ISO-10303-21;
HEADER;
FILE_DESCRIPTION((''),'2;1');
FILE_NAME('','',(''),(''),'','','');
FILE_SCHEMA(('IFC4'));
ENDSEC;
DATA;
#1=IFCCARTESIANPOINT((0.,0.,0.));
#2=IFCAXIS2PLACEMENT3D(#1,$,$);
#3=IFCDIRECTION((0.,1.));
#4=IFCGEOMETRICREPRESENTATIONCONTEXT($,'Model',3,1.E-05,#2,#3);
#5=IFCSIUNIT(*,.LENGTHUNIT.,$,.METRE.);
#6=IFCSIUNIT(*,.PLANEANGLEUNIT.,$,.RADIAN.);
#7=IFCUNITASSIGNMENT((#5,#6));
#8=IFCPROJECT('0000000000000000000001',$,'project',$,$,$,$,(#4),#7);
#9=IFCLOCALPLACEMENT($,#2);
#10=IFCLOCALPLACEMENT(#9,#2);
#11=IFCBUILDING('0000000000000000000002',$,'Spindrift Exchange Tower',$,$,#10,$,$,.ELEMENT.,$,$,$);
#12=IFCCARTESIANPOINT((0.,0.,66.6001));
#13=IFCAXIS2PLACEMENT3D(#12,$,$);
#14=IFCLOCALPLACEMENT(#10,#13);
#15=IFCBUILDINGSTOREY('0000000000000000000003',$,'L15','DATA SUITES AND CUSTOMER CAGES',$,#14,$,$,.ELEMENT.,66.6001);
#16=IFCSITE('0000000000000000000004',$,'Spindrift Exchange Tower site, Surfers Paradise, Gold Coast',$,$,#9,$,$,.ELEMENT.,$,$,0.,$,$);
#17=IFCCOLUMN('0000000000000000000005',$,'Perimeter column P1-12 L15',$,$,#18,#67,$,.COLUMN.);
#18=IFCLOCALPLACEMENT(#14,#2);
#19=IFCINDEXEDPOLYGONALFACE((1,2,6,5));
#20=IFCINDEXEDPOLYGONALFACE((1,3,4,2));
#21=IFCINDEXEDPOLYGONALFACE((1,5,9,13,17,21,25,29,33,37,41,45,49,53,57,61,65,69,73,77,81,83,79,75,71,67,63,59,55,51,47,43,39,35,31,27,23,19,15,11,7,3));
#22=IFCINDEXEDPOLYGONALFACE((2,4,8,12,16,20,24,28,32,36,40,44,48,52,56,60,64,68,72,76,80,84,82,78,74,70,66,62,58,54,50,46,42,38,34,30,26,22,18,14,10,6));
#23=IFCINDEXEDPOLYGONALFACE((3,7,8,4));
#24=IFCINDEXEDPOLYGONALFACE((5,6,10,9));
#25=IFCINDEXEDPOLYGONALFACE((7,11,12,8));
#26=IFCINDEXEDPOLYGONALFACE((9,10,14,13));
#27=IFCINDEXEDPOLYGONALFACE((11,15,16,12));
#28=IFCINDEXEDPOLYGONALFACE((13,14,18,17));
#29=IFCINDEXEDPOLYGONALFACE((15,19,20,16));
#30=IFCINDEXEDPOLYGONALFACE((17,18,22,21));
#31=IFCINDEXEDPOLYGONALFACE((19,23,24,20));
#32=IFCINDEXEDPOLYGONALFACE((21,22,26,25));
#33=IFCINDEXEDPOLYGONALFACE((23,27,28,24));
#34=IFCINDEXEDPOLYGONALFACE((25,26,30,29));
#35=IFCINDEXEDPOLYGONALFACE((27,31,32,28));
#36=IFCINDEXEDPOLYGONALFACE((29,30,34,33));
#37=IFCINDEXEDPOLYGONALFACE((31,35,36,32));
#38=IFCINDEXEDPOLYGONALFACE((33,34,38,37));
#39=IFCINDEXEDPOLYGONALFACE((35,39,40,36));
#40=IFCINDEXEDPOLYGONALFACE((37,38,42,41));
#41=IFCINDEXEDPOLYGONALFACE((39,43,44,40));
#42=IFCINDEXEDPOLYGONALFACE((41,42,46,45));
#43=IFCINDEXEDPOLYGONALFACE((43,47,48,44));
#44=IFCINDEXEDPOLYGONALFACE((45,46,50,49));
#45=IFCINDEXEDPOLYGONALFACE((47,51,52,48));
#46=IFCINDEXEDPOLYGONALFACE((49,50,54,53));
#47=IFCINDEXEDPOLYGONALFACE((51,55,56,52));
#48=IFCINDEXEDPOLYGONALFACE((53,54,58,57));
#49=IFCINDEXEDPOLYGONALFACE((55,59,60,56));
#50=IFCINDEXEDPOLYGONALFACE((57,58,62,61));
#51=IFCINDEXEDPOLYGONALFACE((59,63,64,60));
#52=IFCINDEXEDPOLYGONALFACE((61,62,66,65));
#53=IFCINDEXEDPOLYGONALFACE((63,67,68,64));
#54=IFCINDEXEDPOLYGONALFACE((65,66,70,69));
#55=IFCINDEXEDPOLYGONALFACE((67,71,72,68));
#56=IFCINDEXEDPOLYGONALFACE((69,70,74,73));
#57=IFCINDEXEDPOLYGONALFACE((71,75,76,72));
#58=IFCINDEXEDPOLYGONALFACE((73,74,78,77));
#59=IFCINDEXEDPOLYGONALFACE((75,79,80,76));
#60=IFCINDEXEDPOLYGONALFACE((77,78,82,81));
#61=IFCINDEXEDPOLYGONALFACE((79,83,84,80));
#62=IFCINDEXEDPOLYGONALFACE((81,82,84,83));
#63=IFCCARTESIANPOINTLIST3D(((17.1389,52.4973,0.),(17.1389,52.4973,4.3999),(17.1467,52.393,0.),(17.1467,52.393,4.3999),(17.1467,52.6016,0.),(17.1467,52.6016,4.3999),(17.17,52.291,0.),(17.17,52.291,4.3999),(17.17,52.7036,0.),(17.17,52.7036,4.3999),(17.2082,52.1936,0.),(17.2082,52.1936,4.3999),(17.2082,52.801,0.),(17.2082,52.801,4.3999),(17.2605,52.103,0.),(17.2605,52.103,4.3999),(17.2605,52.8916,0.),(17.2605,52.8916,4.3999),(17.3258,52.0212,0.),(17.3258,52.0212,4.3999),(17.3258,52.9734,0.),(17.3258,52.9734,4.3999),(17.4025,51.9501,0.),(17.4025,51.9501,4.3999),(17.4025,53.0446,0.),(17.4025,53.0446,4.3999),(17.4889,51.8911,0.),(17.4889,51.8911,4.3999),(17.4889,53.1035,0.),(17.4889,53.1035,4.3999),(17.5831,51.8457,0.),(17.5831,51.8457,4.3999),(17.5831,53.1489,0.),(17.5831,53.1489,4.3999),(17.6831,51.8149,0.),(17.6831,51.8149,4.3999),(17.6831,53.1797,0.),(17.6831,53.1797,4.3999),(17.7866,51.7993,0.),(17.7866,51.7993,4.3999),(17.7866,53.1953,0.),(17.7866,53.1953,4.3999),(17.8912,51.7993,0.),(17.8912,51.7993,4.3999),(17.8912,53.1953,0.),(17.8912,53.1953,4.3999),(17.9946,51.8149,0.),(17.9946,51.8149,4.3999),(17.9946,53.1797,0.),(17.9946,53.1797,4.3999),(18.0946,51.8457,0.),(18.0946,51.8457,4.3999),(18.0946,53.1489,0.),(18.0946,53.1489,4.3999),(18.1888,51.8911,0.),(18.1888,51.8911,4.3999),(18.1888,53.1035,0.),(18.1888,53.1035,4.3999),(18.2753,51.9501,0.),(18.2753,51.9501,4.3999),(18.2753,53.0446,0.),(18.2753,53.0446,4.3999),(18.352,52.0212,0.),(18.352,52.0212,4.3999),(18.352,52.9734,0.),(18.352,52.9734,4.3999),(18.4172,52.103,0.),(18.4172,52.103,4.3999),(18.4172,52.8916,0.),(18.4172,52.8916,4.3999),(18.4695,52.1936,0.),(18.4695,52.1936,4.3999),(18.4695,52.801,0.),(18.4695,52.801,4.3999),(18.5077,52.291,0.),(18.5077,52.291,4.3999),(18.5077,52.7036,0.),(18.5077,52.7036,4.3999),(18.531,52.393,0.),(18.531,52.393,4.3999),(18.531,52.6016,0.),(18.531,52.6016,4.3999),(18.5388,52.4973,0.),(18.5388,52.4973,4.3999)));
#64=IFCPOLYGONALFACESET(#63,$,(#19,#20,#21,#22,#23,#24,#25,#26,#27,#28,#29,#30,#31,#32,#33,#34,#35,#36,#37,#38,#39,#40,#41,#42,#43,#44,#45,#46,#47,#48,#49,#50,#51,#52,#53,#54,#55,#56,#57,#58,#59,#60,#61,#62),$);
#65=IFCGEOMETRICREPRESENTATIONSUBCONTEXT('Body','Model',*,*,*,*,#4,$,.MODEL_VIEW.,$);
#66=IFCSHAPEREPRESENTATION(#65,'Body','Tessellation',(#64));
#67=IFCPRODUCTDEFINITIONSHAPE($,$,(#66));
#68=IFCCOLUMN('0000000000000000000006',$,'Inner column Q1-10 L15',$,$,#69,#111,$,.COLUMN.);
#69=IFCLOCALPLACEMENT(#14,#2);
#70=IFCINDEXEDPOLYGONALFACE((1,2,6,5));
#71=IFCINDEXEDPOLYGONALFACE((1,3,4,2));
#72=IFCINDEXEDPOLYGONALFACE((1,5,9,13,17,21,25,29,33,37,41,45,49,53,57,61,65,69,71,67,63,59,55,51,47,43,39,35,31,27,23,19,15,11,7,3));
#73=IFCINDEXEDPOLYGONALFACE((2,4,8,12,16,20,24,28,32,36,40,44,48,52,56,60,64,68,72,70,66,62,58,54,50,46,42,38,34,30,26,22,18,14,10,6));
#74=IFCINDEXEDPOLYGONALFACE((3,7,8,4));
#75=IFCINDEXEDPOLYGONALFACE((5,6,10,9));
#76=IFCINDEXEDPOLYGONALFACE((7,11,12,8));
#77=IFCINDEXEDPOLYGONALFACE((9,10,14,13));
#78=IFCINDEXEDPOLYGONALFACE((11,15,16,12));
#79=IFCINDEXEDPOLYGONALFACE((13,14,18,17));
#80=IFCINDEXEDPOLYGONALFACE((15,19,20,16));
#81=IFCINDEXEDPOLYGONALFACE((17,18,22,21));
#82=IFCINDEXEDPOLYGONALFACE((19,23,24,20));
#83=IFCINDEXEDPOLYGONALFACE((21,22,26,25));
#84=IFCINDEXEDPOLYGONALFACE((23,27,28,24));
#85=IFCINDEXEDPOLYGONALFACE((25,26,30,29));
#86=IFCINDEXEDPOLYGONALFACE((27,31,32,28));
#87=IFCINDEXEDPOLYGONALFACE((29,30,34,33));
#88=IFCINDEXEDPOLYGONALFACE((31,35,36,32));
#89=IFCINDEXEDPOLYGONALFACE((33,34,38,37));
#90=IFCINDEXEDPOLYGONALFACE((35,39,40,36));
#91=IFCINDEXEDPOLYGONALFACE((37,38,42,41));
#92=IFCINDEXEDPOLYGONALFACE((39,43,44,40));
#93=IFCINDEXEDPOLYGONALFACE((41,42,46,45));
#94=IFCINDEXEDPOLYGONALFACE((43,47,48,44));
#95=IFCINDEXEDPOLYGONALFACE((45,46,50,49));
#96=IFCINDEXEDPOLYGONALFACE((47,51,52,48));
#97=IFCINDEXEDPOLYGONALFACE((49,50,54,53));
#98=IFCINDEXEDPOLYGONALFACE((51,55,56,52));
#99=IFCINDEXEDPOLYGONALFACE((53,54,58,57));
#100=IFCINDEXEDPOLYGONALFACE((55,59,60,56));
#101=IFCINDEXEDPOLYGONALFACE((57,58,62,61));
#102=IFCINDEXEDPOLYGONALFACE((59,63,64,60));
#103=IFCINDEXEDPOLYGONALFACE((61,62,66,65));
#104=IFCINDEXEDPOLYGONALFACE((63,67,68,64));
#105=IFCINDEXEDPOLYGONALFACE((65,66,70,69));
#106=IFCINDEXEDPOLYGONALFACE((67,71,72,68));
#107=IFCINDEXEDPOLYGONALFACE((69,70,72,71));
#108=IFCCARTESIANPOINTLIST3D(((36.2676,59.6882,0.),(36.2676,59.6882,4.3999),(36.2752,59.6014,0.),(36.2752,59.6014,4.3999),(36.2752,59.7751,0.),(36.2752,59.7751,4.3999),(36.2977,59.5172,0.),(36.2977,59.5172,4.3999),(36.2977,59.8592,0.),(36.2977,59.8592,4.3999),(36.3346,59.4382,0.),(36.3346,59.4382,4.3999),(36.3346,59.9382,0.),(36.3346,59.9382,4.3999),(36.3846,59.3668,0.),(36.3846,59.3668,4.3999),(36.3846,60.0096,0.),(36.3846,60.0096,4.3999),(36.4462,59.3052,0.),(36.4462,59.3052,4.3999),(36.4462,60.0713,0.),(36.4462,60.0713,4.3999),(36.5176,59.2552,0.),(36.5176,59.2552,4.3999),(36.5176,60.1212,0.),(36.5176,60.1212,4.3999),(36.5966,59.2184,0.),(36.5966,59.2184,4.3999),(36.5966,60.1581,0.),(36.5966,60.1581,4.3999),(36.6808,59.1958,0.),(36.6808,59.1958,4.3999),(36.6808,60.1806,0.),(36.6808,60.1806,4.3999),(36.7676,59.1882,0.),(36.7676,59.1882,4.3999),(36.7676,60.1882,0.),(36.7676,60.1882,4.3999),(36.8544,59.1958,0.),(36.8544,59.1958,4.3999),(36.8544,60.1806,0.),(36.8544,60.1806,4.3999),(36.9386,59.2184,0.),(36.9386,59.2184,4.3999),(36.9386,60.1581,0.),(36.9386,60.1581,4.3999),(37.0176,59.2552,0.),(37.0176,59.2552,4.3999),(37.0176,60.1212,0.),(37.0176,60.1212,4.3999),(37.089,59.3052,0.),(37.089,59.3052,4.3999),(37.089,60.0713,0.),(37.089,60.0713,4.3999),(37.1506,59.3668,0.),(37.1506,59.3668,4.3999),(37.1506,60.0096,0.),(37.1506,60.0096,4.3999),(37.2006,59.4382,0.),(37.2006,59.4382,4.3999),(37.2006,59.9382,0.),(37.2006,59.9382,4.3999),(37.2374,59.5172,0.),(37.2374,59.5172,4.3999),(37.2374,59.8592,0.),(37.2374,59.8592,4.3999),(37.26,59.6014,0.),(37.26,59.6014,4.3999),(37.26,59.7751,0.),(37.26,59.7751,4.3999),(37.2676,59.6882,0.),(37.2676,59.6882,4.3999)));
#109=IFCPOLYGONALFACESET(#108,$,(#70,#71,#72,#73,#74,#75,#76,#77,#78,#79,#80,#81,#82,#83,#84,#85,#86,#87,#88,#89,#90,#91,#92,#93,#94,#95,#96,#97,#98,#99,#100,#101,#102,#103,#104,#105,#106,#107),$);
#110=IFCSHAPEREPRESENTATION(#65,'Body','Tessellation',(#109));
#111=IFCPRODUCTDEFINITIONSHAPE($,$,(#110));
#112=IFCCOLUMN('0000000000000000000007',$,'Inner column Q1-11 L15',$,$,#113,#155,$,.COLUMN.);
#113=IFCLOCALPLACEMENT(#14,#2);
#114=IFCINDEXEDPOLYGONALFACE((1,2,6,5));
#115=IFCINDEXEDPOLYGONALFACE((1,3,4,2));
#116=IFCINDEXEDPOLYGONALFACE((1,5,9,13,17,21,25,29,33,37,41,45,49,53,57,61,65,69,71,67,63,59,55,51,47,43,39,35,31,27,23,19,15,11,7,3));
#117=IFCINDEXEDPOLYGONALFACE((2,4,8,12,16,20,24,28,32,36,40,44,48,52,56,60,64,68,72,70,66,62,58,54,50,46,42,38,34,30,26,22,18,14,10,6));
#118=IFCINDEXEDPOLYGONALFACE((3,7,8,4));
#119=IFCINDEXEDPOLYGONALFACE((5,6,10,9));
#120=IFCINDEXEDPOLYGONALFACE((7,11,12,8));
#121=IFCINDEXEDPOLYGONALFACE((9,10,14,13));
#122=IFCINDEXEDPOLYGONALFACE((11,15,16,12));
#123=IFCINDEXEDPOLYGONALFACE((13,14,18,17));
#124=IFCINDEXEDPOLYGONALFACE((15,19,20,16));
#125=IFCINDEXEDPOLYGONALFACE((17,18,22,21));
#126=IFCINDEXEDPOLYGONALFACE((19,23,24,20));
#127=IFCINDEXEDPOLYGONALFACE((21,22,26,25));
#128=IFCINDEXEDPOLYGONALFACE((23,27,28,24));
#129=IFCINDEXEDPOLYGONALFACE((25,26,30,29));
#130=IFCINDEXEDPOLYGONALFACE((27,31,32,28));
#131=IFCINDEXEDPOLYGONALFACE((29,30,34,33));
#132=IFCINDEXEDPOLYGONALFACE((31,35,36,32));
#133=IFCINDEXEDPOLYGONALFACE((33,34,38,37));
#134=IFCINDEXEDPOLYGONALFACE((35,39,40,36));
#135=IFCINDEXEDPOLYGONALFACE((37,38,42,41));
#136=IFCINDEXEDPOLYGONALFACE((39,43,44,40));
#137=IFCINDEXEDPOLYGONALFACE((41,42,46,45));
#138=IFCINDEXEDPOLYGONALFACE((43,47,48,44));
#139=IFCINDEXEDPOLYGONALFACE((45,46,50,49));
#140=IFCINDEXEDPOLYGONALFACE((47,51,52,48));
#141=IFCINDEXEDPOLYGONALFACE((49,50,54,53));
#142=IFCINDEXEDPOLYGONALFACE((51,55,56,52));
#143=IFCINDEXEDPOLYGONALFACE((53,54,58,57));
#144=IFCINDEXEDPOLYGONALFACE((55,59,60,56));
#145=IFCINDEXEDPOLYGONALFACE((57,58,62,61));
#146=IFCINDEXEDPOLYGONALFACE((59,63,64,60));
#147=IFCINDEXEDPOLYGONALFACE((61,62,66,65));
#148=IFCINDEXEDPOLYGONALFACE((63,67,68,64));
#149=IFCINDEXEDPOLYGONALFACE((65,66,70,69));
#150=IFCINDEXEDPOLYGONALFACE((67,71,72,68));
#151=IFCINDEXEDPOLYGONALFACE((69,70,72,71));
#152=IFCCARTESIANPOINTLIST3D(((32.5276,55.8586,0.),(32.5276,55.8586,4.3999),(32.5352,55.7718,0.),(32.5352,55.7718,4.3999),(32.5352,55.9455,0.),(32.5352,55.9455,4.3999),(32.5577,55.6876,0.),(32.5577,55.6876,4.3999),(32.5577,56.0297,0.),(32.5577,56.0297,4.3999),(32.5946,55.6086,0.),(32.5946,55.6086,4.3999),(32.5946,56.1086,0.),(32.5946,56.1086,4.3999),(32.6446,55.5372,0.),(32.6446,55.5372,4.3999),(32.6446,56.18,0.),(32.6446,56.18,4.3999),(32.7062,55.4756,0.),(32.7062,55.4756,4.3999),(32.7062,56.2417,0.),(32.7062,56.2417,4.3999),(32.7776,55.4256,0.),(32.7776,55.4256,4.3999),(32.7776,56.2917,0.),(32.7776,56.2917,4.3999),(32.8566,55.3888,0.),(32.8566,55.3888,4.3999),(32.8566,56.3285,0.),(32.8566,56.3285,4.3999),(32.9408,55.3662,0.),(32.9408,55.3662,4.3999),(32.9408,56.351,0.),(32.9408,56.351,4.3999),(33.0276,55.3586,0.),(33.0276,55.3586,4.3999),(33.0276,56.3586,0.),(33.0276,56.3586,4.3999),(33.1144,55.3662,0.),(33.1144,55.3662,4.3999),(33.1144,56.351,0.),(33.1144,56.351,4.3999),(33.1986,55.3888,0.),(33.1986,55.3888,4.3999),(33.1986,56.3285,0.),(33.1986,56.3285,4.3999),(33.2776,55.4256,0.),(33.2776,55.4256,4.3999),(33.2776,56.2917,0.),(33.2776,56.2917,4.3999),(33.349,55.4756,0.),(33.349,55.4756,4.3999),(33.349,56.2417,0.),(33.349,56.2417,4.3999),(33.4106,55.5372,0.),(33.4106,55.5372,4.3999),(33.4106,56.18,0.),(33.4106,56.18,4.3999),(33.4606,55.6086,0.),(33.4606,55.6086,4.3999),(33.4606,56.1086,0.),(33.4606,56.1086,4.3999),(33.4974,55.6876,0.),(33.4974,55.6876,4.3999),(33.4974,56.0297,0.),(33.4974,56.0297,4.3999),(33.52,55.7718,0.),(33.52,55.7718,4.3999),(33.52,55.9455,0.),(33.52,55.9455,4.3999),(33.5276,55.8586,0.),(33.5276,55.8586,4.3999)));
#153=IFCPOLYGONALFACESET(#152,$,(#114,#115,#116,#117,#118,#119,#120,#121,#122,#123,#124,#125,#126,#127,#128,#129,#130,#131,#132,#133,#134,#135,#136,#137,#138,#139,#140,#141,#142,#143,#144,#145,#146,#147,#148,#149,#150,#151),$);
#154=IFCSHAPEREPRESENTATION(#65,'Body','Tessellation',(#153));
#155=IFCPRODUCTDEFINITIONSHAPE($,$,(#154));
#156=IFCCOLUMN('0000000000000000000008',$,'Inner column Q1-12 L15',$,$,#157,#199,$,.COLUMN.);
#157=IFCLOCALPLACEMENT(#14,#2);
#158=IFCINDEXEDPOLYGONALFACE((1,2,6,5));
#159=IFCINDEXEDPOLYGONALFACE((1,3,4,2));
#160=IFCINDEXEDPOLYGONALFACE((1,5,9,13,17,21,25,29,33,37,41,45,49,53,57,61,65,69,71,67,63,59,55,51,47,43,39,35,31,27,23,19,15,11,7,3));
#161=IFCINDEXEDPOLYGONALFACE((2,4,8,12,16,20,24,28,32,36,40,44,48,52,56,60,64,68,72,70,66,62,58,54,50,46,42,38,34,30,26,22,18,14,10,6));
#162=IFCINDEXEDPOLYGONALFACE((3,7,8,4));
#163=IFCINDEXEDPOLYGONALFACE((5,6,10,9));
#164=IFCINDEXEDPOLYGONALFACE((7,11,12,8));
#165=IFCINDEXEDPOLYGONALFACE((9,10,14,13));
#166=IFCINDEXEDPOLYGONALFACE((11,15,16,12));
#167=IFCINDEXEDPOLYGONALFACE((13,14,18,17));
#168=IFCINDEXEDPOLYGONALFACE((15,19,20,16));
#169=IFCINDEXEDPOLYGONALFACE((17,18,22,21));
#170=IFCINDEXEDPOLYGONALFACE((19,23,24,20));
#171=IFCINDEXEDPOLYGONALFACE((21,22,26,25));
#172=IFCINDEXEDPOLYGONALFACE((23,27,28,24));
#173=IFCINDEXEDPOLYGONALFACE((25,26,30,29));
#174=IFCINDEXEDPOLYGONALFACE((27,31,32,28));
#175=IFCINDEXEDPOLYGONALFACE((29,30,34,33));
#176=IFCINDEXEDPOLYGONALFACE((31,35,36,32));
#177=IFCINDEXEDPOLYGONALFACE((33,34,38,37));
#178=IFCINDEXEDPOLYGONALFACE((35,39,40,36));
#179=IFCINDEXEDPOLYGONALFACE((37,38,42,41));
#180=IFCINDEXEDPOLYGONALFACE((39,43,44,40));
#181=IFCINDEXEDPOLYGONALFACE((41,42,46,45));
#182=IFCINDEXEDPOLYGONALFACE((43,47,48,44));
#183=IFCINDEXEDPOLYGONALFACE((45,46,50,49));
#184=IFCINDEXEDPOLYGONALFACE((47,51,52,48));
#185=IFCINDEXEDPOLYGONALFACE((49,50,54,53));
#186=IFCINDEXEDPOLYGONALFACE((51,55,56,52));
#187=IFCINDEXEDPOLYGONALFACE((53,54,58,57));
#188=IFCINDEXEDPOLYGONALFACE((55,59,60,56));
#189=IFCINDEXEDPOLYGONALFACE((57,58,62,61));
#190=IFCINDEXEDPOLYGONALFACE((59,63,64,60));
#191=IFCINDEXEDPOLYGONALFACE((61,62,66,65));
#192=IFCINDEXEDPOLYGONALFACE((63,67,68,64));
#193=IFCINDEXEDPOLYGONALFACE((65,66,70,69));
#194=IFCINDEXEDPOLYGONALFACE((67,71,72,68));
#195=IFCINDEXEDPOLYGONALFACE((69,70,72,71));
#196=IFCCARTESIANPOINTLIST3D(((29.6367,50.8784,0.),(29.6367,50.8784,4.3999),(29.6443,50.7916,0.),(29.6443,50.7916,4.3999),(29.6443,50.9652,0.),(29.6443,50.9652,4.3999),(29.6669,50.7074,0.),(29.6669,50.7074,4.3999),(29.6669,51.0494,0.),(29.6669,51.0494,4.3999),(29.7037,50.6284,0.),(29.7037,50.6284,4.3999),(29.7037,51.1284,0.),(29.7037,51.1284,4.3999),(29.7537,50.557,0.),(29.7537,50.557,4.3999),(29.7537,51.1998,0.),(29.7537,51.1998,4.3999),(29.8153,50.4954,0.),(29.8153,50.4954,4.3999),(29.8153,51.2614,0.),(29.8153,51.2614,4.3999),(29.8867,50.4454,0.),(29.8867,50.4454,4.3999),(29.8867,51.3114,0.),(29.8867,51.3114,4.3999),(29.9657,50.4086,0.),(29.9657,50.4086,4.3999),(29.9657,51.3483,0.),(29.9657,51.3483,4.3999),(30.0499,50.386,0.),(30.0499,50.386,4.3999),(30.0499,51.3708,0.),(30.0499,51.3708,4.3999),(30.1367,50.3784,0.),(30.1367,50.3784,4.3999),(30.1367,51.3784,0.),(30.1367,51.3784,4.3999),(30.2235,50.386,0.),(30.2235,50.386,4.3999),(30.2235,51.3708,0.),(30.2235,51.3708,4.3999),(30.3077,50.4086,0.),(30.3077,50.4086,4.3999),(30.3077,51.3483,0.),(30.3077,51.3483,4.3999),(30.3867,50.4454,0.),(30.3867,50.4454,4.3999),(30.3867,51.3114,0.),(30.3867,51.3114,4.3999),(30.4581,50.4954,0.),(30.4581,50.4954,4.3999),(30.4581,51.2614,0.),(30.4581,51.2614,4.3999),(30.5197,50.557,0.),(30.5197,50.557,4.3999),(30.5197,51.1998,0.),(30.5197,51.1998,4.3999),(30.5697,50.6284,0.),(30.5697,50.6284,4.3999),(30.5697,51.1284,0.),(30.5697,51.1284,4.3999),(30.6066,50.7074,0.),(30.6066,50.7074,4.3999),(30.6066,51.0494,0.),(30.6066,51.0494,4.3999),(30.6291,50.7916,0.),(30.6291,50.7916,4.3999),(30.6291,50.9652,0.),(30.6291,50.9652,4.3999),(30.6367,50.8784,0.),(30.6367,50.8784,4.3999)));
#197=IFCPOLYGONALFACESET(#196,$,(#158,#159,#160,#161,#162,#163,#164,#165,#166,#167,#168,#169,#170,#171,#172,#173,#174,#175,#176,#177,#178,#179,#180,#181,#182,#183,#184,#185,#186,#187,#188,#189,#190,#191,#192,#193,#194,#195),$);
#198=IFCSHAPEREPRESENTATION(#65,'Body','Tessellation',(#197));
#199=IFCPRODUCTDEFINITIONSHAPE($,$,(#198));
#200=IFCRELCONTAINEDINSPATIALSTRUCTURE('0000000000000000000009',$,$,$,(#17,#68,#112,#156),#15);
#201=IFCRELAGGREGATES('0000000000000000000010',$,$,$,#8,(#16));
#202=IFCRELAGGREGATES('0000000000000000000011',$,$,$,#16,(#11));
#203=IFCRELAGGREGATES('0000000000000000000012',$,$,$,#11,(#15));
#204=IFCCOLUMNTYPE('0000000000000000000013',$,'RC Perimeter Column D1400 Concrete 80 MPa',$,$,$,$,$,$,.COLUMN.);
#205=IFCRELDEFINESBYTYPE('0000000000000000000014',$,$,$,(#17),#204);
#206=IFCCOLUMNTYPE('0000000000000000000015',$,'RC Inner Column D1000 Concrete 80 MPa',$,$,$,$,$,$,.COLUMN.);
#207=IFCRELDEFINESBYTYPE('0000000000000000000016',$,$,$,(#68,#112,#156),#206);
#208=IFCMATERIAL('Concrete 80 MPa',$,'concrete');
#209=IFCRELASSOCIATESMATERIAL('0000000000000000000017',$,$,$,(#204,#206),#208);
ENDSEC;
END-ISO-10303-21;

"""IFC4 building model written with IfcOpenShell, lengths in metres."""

from ifc_helpers import new_model, si_unit, direction, frame, origin, origin_2d, place, context, subcontext, project, spatial, circle, extrude, source, transform, mapped, material, material_profile, profile_set, type_object, element, save


model = new_model("IFC4")

# Units and contexts
model_context = context("Model", 3, precision=1e-05, world=origin(), true_north=direction((0.0, 1.0)))
body_context = subcontext(model_context, "Body", "Model", "MODEL_VIEW")
ifc_project = project(units=[si_unit("LENGTHUNIT", "METRE"), si_unit("PLANEANGLEUNIT", "RADIAN")], contexts=[model_context])

# Site, building, storey
site_placement = place(None, origin())
site = spatial("IfcSite", under=ifc_project, at=site_placement, Name="Spindrift Exchange Tower site, Surfers Paradise, Gold Coast", CompositionType="ELEMENT", RefElevation=0.0)
building_placement = place(site_placement, origin())
building = spatial("IfcBuilding", under=site, at=building_placement, Name="Spindrift Exchange Tower", CompositionType="ELEMENT")
storey_placement = place(building_placement, frame((0.0, 0.0, 66.6001)))
storey = spatial("IfcBuildingStorey", under=building, at=storey_placement, Name="L15", Description="DATA SUITES AND CUSTOMER CAGES", CompositionType="ELEMENT", Elevation=66.6001)

# Columns
ifc_material_1 = material(Name="Concrete 80 MPa", Category="concrete")
ifc_material_profile_1 = material_profile(ifc_material_1, circle(Radius=0.7, at=origin_2d()), Name="RC D1400")
ifc_profile_set_1 = profile_set([ifc_material_profile_1], Name="Concrete 80 MPa")
column_type_1 = type_object("IfcColumnType", Name="RC Perimeter Column D1400 Concrete 80 MPa", PredefinedType="COLUMN", material=ifc_profile_set_1)
shared_shape_1 = source(origin(), body_context, "Body", "SweptSolid", [
    extrude(circle(Radius=0.7, at=origin_2d()), origin(), (0.0, 0.0, 1.0), 4.3999),
])
column_placement = place(storey_placement, frame((17.8389, 52.4973, 0.0), z_axis=(0.0, 0.0, 1.0), x_axis=(1.0, 0.0, 0.0)))
element("IfcColumn", 1, at=column_placement, inside=storey, type_object=column_type_1, Name="Perimeter column P1-12 L15", PredefinedType="COLUMN", context=body_context, shape_type="MappedRepresentation", body=[
    mapped(shared_shape_1, transform((0.0, 0.0, 0.0), scale=1.0)),
])
ifc_material_profile_2 = material_profile(ifc_material_1, circle(Radius=0.5, at=origin_2d()), Name="RC D1000")
ifc_profile_set_2 = profile_set([ifc_material_profile_2], Name="Concrete 80 MPa")
column_type_2 = type_object("IfcColumnType", Name="RC Inner Column D1000 Concrete 80 MPa", PredefinedType="COLUMN", material=ifc_profile_set_2)
shared_shape_2 = source(origin(), body_context, "Body", "SweptSolid", [
    extrude(circle(Radius=0.5, at=origin_2d()), origin(), (0.0, 0.0, 1.0), 4.3999),
])
for number, where, z_axis, x_axis, name in (
    (2, (36.7676, 59.6882, 0.0), (0.0, 0.0, 1.0), (1.0, 0.0, 0.0), "Inner column Q1-10 L15"),
    (3, (33.0276, 55.8586, 0.0), (0.0, 0.0, 1.0), (1.0, 0.0, 0.0), "Inner column Q1-11 L15"),
    (4, (30.1367, 50.8784, 0.0), (0.0, 0.0, 1.0), (1.0, 0.0, 0.0), "Inner column Q1-12 L15"),
):
    element("IfcColumn", number, at=place(storey_placement, frame(where, z_axis=z_axis, x_axis=x_axis)), inside=storey, type_object=column_type_2, Name=name, PredefinedType="COLUMN", context=body_context, shape_type="MappedRepresentation", body=[
        mapped(shared_shape_2, transform((0.0, 0.0, 0.0), scale=1.0)),
    ])

save(model, "model.ifc")
